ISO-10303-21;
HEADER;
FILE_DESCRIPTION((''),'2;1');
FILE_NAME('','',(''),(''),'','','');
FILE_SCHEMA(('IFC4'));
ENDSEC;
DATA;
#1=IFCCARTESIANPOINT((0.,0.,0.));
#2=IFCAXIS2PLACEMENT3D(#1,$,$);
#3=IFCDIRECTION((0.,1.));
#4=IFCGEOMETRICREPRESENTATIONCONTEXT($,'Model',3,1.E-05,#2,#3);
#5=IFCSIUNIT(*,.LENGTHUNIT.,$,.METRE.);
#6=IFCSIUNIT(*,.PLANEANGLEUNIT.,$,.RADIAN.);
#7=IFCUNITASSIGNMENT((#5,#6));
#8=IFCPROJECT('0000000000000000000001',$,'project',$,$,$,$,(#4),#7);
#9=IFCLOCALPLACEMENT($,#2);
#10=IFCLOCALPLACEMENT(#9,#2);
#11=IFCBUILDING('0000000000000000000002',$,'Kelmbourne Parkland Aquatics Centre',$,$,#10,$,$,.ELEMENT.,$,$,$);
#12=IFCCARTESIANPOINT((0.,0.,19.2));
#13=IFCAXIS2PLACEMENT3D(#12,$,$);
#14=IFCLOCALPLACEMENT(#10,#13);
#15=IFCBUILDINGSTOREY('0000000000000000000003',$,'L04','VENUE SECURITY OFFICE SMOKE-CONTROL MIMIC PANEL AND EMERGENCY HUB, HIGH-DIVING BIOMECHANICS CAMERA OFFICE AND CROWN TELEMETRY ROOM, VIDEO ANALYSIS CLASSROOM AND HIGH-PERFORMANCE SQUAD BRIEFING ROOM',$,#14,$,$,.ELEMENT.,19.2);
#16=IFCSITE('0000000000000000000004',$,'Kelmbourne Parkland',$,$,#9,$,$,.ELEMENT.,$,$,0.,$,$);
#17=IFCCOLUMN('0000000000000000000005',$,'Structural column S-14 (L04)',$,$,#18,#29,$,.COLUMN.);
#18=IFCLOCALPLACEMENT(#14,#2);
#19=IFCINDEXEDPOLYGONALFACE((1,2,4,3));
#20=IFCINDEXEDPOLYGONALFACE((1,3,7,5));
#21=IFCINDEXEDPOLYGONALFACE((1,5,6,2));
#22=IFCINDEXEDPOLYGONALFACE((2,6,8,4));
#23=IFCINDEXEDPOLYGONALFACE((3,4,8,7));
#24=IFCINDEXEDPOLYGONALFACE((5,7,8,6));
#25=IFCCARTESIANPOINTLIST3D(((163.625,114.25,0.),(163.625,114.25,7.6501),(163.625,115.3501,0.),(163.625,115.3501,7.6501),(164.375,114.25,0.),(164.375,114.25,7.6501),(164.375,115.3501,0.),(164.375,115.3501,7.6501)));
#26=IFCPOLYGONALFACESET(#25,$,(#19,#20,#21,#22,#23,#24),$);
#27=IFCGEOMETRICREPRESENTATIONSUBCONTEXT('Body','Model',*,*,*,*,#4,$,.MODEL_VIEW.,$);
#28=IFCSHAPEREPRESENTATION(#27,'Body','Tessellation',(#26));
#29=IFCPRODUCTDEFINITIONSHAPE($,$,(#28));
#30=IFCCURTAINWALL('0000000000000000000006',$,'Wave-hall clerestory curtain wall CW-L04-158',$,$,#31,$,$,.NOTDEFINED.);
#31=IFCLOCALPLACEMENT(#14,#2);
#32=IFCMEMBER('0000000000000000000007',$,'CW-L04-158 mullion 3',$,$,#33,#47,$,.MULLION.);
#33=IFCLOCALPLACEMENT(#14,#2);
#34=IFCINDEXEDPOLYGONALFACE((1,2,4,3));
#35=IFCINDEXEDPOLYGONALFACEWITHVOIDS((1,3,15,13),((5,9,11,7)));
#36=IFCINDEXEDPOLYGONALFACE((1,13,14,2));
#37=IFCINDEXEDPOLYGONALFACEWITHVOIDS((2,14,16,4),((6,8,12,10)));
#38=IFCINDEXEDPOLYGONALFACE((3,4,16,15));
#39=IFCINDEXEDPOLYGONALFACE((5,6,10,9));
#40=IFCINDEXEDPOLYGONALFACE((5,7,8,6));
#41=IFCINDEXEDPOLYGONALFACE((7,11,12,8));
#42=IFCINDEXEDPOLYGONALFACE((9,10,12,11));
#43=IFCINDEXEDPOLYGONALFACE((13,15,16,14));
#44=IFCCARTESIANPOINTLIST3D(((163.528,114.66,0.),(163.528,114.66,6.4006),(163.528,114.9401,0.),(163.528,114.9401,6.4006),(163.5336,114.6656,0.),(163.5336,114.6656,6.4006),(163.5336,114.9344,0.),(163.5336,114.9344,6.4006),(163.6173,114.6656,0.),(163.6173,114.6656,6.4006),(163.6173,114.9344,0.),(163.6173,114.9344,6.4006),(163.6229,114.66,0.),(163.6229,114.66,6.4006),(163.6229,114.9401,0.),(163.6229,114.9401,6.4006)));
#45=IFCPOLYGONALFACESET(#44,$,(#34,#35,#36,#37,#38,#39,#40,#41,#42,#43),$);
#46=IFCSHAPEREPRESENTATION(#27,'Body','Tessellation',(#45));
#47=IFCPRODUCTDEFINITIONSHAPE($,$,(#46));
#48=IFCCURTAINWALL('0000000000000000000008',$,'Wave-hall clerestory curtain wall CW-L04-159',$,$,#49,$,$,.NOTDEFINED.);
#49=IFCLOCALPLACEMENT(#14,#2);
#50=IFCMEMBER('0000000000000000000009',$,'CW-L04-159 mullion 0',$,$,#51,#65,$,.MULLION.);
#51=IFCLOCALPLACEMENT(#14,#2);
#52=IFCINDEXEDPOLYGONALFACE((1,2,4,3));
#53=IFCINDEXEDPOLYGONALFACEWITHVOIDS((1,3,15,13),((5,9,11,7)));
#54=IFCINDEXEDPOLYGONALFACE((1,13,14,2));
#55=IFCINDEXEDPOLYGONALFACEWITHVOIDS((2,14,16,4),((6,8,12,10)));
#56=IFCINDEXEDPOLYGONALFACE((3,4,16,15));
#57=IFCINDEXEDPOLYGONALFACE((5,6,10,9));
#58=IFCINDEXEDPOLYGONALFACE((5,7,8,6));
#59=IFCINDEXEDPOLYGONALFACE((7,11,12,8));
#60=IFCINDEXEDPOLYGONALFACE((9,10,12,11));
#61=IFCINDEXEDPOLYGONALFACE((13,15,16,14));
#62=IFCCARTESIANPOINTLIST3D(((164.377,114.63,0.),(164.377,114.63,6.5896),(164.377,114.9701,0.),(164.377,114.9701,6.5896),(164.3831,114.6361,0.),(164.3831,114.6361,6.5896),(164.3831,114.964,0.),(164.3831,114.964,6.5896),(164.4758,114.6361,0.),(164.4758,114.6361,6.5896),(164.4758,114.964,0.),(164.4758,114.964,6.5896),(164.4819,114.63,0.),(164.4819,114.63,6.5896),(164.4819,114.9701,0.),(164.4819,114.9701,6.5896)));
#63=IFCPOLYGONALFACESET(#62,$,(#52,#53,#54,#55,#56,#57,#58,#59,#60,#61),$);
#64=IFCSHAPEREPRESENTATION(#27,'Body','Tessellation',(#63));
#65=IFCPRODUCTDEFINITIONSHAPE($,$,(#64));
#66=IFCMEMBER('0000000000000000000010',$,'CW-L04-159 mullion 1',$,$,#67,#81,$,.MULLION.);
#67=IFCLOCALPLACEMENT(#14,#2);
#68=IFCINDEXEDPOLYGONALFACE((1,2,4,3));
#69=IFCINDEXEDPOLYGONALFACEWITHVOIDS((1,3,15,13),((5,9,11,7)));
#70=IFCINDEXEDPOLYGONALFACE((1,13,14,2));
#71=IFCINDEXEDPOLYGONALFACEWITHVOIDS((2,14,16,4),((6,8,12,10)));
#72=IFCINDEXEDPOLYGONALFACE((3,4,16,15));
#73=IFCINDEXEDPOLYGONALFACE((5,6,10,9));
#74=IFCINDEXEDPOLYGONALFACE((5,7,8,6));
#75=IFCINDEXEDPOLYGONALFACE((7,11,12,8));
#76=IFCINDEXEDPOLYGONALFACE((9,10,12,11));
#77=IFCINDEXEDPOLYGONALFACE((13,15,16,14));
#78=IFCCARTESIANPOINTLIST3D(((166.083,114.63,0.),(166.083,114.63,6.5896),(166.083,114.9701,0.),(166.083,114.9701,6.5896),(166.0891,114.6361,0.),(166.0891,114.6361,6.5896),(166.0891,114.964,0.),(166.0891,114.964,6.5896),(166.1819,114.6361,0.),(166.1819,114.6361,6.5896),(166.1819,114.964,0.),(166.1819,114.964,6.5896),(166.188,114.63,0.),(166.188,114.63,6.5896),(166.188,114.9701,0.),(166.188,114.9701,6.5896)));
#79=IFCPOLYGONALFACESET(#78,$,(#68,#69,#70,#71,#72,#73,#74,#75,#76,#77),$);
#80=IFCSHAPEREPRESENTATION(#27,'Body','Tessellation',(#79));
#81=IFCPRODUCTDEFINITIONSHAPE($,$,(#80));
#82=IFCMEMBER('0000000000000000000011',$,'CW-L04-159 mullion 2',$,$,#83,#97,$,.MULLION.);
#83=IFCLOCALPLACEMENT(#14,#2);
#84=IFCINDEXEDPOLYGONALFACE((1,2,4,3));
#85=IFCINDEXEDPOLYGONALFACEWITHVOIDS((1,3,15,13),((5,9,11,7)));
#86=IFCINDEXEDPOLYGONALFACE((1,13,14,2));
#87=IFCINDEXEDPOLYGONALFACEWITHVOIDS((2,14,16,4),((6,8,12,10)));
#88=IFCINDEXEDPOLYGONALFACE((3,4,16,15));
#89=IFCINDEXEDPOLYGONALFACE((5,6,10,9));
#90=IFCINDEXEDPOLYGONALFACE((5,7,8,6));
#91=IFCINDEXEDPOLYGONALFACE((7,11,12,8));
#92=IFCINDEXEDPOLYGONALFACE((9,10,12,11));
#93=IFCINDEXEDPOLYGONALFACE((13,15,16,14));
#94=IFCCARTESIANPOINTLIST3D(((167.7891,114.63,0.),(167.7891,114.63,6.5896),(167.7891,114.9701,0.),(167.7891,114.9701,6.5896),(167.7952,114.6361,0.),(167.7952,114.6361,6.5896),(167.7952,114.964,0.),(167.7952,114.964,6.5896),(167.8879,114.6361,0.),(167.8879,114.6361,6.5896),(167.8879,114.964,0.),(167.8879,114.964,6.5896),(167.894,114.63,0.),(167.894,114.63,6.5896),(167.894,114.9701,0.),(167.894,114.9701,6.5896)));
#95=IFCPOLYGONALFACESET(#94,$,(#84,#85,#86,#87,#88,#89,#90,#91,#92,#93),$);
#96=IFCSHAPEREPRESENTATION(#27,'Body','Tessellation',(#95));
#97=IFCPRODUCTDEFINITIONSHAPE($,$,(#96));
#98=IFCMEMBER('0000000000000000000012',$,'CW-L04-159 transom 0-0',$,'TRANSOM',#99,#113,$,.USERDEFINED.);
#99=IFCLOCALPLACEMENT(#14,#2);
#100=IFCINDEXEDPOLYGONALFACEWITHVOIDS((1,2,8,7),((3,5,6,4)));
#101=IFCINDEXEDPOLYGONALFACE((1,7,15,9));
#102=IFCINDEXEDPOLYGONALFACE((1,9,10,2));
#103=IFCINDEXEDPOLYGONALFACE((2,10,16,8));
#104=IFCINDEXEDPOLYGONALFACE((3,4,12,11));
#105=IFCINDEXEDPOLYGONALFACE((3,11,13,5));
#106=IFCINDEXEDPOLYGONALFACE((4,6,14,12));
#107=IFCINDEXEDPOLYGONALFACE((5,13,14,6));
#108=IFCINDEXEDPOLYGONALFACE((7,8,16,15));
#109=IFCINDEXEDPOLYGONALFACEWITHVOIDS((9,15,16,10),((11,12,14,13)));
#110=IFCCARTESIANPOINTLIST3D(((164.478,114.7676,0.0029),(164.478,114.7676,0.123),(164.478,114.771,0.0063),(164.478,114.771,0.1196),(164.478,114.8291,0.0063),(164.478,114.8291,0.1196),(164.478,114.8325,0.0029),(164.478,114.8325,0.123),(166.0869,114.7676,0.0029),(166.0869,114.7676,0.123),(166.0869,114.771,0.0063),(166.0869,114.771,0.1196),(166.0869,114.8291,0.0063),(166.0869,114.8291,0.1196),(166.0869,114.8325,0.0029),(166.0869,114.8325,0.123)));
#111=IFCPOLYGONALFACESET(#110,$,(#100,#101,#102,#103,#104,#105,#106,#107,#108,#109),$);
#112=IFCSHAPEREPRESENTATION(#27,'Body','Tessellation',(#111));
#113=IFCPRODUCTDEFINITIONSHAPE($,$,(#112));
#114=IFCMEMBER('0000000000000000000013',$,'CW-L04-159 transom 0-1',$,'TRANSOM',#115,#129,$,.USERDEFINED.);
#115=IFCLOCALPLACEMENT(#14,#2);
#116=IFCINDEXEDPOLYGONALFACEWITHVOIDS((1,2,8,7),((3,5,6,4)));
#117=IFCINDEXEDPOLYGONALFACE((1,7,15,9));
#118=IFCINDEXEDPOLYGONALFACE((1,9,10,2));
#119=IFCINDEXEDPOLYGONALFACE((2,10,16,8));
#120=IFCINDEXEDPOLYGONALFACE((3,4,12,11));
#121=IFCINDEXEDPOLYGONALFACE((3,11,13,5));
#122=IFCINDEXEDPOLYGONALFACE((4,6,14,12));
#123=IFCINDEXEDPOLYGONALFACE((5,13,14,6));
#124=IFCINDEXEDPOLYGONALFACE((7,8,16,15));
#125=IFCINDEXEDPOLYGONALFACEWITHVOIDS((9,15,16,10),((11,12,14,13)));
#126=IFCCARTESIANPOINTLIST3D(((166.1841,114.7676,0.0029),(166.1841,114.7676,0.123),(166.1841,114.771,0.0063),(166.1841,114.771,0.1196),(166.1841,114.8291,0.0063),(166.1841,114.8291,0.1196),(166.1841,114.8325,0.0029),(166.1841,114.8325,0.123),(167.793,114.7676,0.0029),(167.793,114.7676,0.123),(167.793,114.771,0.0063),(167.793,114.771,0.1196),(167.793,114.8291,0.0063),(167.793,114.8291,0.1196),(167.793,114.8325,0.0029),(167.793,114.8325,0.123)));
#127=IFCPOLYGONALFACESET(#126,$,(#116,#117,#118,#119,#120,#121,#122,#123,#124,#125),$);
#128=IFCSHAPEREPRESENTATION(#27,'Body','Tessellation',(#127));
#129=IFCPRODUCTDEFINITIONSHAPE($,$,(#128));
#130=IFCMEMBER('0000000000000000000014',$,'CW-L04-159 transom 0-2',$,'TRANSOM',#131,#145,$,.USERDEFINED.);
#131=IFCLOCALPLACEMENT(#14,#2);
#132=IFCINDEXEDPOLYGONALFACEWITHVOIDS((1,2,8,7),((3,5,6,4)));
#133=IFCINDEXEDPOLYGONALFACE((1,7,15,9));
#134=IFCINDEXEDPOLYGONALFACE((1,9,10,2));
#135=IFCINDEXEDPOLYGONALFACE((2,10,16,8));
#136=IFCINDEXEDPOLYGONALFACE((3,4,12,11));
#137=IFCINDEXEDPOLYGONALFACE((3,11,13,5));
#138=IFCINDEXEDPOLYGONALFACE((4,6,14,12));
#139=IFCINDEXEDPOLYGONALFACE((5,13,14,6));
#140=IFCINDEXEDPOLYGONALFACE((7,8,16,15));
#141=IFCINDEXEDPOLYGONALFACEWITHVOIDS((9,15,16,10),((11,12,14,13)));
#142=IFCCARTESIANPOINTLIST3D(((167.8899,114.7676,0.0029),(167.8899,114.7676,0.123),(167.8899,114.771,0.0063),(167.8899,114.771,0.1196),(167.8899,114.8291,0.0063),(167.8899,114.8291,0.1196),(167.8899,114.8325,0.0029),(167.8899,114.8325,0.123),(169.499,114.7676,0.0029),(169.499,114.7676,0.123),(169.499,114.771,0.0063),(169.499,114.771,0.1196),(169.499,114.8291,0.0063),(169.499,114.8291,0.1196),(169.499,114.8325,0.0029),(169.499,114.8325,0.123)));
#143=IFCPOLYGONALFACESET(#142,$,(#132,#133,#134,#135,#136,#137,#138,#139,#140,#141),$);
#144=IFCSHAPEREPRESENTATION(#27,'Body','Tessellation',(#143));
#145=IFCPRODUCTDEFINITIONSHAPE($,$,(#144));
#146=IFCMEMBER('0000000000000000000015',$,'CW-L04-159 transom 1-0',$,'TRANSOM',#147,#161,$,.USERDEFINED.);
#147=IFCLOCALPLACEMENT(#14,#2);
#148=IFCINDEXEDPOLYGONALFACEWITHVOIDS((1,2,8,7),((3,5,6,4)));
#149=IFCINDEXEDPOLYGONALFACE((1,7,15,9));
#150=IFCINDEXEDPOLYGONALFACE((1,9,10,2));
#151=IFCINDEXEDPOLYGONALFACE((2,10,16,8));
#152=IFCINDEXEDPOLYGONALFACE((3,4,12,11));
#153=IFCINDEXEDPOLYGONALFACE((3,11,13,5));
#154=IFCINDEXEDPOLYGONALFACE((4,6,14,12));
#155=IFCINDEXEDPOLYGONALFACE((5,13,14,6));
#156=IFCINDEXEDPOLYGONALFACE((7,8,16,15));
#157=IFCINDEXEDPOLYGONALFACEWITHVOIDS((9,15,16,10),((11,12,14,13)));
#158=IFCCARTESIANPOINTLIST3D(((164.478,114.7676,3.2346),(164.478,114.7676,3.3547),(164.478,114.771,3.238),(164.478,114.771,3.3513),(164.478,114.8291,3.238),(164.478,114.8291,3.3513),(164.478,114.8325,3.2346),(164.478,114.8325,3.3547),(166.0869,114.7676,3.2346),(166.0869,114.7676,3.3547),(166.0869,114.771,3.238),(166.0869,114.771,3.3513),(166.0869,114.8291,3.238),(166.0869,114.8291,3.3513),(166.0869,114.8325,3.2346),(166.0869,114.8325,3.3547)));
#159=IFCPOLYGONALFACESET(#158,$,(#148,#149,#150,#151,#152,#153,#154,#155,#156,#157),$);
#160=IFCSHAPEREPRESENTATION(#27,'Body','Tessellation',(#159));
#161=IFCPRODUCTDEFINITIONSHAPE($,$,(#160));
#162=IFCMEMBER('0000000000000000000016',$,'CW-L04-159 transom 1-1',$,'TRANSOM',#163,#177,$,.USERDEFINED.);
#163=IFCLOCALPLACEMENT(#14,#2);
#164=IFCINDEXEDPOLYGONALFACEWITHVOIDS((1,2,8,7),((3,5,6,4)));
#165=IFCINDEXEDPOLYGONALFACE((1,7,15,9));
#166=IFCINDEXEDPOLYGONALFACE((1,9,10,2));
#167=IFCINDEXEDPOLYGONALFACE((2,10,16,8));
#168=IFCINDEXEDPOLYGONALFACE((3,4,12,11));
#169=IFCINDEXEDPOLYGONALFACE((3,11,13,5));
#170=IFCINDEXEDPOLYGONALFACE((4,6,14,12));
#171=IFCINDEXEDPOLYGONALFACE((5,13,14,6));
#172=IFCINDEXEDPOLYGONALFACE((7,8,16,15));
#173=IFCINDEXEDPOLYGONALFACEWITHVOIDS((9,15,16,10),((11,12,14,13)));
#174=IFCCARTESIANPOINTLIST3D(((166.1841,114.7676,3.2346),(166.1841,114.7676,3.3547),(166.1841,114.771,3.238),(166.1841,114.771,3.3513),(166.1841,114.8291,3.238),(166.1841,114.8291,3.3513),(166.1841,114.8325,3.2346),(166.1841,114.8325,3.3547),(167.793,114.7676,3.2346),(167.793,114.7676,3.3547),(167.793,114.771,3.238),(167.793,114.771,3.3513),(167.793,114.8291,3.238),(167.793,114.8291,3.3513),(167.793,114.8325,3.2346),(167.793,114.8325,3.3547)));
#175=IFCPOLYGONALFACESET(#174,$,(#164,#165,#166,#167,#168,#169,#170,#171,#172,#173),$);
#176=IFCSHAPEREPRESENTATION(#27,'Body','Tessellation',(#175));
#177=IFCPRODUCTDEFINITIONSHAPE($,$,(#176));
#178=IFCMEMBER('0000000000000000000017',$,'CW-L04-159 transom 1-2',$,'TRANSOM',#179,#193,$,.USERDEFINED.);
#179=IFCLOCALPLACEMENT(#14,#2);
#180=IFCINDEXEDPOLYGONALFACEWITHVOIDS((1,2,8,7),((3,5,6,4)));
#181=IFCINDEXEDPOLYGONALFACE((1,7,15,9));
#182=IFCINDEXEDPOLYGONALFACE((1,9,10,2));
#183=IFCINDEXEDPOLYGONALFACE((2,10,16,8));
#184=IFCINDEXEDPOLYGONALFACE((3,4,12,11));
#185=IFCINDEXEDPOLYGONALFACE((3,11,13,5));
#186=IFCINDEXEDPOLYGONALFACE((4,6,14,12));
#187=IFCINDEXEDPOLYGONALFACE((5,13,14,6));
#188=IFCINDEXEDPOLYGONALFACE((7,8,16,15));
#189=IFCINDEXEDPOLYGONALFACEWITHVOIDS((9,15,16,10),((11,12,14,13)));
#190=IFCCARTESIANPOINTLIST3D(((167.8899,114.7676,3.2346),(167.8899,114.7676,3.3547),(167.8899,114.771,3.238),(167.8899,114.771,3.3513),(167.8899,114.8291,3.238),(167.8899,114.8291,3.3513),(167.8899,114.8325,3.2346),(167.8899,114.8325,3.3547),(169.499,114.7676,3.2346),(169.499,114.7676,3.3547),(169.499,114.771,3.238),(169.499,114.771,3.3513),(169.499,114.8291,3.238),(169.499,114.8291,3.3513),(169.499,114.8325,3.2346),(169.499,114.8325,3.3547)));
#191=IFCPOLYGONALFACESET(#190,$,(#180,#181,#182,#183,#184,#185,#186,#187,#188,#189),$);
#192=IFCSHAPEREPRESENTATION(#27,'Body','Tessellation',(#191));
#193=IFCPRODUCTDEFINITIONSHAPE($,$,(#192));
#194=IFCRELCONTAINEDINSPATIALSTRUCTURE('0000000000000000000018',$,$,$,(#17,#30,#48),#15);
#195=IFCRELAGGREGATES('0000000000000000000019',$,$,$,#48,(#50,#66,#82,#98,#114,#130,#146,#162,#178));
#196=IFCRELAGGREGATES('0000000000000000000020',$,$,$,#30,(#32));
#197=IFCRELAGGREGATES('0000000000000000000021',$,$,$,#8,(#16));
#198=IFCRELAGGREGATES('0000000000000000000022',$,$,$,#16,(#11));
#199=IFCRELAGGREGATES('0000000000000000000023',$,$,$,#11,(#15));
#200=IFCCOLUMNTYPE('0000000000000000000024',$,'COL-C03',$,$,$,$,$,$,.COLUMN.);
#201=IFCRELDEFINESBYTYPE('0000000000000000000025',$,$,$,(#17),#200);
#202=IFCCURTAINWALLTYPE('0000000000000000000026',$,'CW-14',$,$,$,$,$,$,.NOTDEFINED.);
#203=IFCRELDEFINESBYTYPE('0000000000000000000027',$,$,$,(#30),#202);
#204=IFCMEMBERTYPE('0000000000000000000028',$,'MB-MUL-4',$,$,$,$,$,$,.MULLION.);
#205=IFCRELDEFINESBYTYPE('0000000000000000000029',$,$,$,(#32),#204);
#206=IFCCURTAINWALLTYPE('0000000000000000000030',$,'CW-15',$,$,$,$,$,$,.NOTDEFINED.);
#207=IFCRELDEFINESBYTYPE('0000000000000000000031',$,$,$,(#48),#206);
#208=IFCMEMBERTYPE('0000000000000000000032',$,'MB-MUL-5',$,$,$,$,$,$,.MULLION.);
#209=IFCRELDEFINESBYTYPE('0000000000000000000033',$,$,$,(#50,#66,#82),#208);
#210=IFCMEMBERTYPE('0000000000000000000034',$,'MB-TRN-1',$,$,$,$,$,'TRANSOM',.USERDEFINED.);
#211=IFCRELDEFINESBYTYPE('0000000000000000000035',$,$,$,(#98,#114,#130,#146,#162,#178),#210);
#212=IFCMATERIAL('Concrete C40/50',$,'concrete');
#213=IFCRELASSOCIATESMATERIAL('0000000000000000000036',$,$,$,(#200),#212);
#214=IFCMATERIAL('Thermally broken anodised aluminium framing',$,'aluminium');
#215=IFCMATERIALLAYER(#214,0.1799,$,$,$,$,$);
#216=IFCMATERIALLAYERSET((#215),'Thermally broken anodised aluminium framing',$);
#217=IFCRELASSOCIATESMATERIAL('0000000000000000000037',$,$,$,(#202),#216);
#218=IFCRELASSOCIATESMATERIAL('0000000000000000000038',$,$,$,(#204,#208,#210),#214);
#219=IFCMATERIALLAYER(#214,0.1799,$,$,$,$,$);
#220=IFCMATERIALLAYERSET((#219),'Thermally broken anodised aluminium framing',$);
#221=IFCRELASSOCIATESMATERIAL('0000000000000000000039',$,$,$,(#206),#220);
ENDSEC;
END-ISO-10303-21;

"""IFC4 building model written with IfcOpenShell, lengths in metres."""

from ifc_helpers import new_model, si_unit, direction, frame, origin, origin_2d, place, context, subcontext, project, spatial, rectangle, hollow_rectangle, extrude, material, layer, layer_set, material_profile, profile_set, type_object, element, aggregate, save


model = new_model("IFC4")

# Units and contexts
model_context = context("Model", 3, precision=1e-05, world=origin(), true_north=direction((0.0, 1.0)))
body_context = subcontext(model_context, "Body", "Model", "MODEL_VIEW")
ifc_project = project(units=[si_unit("LENGTHUNIT", "METRE"), si_unit("PLANEANGLEUNIT", "RADIAN")], contexts=[model_context])

# Site, building, storey
site_placement = place(None, origin())
site = spatial("IfcSite", under=ifc_project, at=site_placement, Name="Kelmbourne Parkland", CompositionType="ELEMENT", RefElevation=0.0)
building_placement = place(site_placement, origin())
building = spatial("IfcBuilding", under=site, at=building_placement, Name="Kelmbourne Parkland Aquatics Centre", CompositionType="ELEMENT")
storey_placement = place(building_placement, frame((0.0, 0.0, 19.2)))
storey = spatial("IfcBuildingStorey", under=building, at=storey_placement, Name="L04", Description="VENUE SECURITY OFFICE SMOKE-CONTROL MIMIC PANEL AND EMERGENCY HUB, HIGH-DIVING BIOMECHANICS CAMERA OFFICE AND CROWN TELEMETRY ROOM, VIDEO ANALYSIS CLASSROOM AND HIGH-PERFORMANCE SQUAD BRIEFING ROOM", CompositionType="ELEMENT", Elevation=19.2)

# Column
ifc_material_1 = material(Name="Concrete C40/50", Category="concrete")
ifc_material_profile_1 = material_profile(ifc_material_1, rectangle(XDim=0.75, YDim=1.1001, at=origin_2d()), Name="RC 750x1100")
ifc_profile_set_1 = profile_set([ifc_material_profile_1], Name="Concrete C40/50")
column_type = type_object("IfcColumnType", Name="COL-C03", PredefinedType="COLUMN", material=ifc_profile_set_1)
column_placement = place(storey_placement, frame((164.0, 114.8, 0.0), z_axis=(0.0, 0.0, 1.0), x_axis=(1.0, 0.0, 0.0)))
element("IfcColumn", 1, at=column_placement, inside=storey, type_object=column_type, Name="Structural column S-14 (L04)", PredefinedType="COLUMN", context=body_context, shape_type="SweptSolid", body=[
    extrude(rectangle(XDim=0.75, YDim=1.1001, at=origin_2d()), origin(), (0.0, 0.0, 1.0), 7.6501),
])

# Curtain wall, member
ifc_material_2 = material(Name="Thermally broken anodised aluminium framing", Category="aluminium")
ifc_layer_1 = layer(ifc_material_2, 0.1799)
ifc_layer_set_1 = layer_set([ifc_layer_1], Name="Thermally broken anodised aluminium framing")
curtain_wall_type_1 = type_object("IfcCurtainWallType", Name="CW-14", PredefinedType="NOTDEFINED", material=ifc_layer_set_1)
curtain_wall_1_placement = place(storey_placement, origin())
curtain_wall_1 = element("IfcCurtainWall", 2, at=curtain_wall_1_placement, inside=storey, type_object=curtain_wall_type_1, Name="Wave-hall clerestory curtain wall CW-L04-158", PredefinedType="NOTDEFINED")
ifc_material_profile_2 = material_profile(ifc_material_2, hollow_rectangle(XDim=0.095, YDim=0.28, WallThickness=0.0056, at=origin_2d()), Name="CW-M 95x280")
ifc_profile_set_2 = profile_set([ifc_material_profile_2], Name="Thermally broken anodised aluminium framing")
member_type_1 = type_object("IfcMemberType", Name="MB-MUL-4", PredefinedType="MULLION", material=ifc_profile_set_2)
member_1_placement = place(storey_placement, frame((163.5754, 114.8, 0.0), z_axis=(0.0, 0.0, 1.0), x_axis=(1.0, 0.0, 0.0)))
member_1 = element("IfcMember", 3, at=member_1_placement, type_object=member_type_1, Name="CW-L04-158 mullion 3", PredefinedType="MULLION", context=body_context, shape_type="SweptSolid", body=[
    extrude(hollow_rectangle(XDim=0.095, YDim=0.28, WallThickness=0.0056, at=origin_2d()), origin(), (0.0, 0.0, 1.0), 6.4006),
])

# Curtain wall, members
ifc_layer_2 = layer(ifc_material_2, 0.1799)
ifc_layer_set_2 = layer_set([ifc_layer_2], Name="Thermally broken anodised aluminium framing")
curtain_wall_type_2 = type_object("IfcCurtainWallType", Name="CW-15", PredefinedType="NOTDEFINED", material=ifc_layer_set_2)
curtain_wall_2_placement = place(storey_placement, origin())
curtain_wall_2 = element("IfcCurtainWall", 4, at=curtain_wall_2_placement, inside=storey, type_object=curtain_wall_type_2, Name="Wave-hall clerestory curtain wall CW-L04-159", PredefinedType="NOTDEFINED")
ifc_material_profile_3 = material_profile(ifc_material_2, hollow_rectangle(XDim=0.105, YDim=0.3401, WallThickness=0.0061, at=origin_2d()), Name="CW-M 105x340")
ifc_profile_set_3 = profile_set([ifc_material_profile_3], Name="Thermally broken anodised aluminium framing")
member_type_2 = type_object("IfcMemberType", Name="MB-MUL-5", PredefinedType="MULLION", material=ifc_profile_set_3)
member_2_placement = place(storey_placement, frame((164.4294, 114.8, 0.0), z_axis=(0.0, 0.0, 1.0), x_axis=(1.0, 0.0, 0.0)))
member_2 = element("IfcMember", 5, at=member_2_placement, type_object=member_type_2, Name="CW-L04-159 mullion 0", PredefinedType="MULLION", context=body_context, shape_type="SweptSolid", body=[
    extrude(hollow_rectangle(XDim=0.105, YDim=0.3401, WallThickness=0.0061, at=origin_2d()), origin(), (0.0, 0.0, 1.0), 6.5896),
])
member_3_placement = place(storey_placement, frame((166.1355, 114.8, 0.0), z_axis=(0.0, 0.0, 1.0), x_axis=(1.0, 0.0, 0.0)))
member_3 = element("IfcMember", 6, at=member_3_placement, type_object=member_type_2, Name="CW-L04-159 mullion 1", PredefinedType="MULLION", context=body_context, shape_type="SweptSolid", body=[
    extrude(hollow_rectangle(XDim=0.105, YDim=0.3401, WallThickness=0.0061, at=origin_2d()), origin(), (0.0, 0.0, 1.0), 6.5896),
])
member_4_placement = place(storey_placement, frame((167.8416, 114.8, 0.0), z_axis=(0.0, 0.0, 1.0), x_axis=(1.0, 0.0, 0.0)))
member_4 = element("IfcMember", 7, at=member_4_placement, type_object=member_type_2, Name="CW-L04-159 mullion 2", PredefinedType="MULLION", context=body_context, shape_type="SweptSolid", body=[
    extrude(hollow_rectangle(XDim=0.105, YDim=0.3401, WallThickness=0.0061, at=origin_2d()), origin(), (0.0, 0.0, 1.0), 6.5896),
])
ifc_material_profile_4 = material_profile(ifc_material_2, hollow_rectangle(XDim=0.0649, YDim=0.1201, WallThickness=0.0034, at=origin_2d()), Name="CW-T 65x120")
ifc_profile_set_4 = profile_set([ifc_material_profile_4], Name="Thermally broken anodised aluminium framing")
member_type_3 = type_object("IfcMemberType", Name="MB-TRN-1", ElementType="TRANSOM", PredefinedType="USERDEFINED", material=ifc_profile_set_4)
member_5_placement = place(storey_placement, frame((164.478, 114.8, 0.063), z_axis=(1.0, 0.0, 0.0), x_axis=(0.0, 1.0, 0.0)))
member_5 = element("IfcMember", 8, at=member_5_placement, type_object=member_type_3, Name="CW-L04-159 transom 0-0", ObjectType="TRANSOM", PredefinedType="USERDEFINED", context=body_context, shape_type="SweptSolid", body=[
    extrude(hollow_rectangle(XDim=0.0649, YDim=0.1201, WallThickness=0.0034, at=origin_2d()), origin(), (0.0, 0.0, 1.0), 1.6089),
])
member_6_placement = place(storey_placement, frame((166.1841, 114.8, 0.063), z_axis=(1.0, 0.0, 0.0), x_axis=(0.0, 1.0, 0.0)))
member_6 = element("IfcMember", 9, at=member_6_placement, type_object=member_type_3, Name="CW-L04-159 transom 0-1", ObjectType="TRANSOM", PredefinedType="USERDEFINED", context=body_context, shape_type="SweptSolid", body=[
    extrude(hollow_rectangle(XDim=0.0649, YDim=0.1201, WallThickness=0.0034, at=origin_2d()), origin(), (0.0, 0.0, 1.0), 1.6089),
])
member_7_placement = place(storey_placement, frame((167.8899, 114.8, 0.063), z_axis=(1.0, 0.0, 0.0), x_axis=(0.0, 1.0, 0.0)))
member_7 = element("IfcMember", 10, at=member_7_placement, type_object=member_type_3, Name="CW-L04-159 transom 0-2", ObjectType="TRANSOM", PredefinedType="USERDEFINED", context=body_context, shape_type="SweptSolid", body=[
    extrude(hollow_rectangle(XDim=0.0649, YDim=0.1201, WallThickness=0.0034, at=origin_2d()), origin(), (0.0, 0.0, 1.0), 1.6091),
])
member_8_placement = place(storey_placement, frame((164.478, 114.8, 3.2947), z_axis=(1.0, 0.0, 0.0), x_axis=(0.0, 1.0, 0.0)))
member_8 = element("IfcMember", 11, at=member_8_placement, type_object=member_type_3, Name="CW-L04-159 transom 1-0", ObjectType="TRANSOM", PredefinedType="USERDEFINED", context=body_context, shape_type="SweptSolid", body=[
    extrude(hollow_rectangle(XDim=0.0649, YDim=0.1201, WallThickness=0.0034, at=origin_2d()), origin(), (0.0, 0.0, 1.0), 1.6089),
])
member_9_placement = place(storey_placement, frame((166.1841, 114.8, 3.2947), z_axis=(1.0, 0.0, 0.0), x_axis=(0.0, 1.0, 0.0)))
member_9 = element("IfcMember", 12, at=member_9_placement, type_object=member_type_3, Name="CW-L04-159 transom 1-1", ObjectType="TRANSOM", PredefinedType="USERDEFINED", context=body_context, shape_type="SweptSolid", body=[
    extrude(hollow_rectangle(XDim=0.0649, YDim=0.1201, WallThickness=0.0034, at=origin_2d()), origin(), (0.0, 0.0, 1.0), 1.6089),
])
member_10_placement = place(storey_placement, frame((167.8899, 114.8, 3.2947), z_axis=(1.0, 0.0, 0.0), x_axis=(0.0, 1.0, 0.0)))
member_10 = element("IfcMember", 13, at=member_10_placement, type_object=member_type_3, Name="CW-L04-159 transom 1-2", ObjectType="TRANSOM", PredefinedType="USERDEFINED", context=body_context, shape_type="SweptSolid", body=[
    extrude(hollow_rectangle(XDim=0.0649, YDim=0.1201, WallThickness=0.0034, at=origin_2d()), origin(), (0.0, 0.0, 1.0), 1.6091),
])

aggregate(curtain_wall_2, [member_2, member_3, member_4, member_5, member_6, member_7, member_8, member_9, member_10])
aggregate(curtain_wall_1, [member_1])

save(model, "model.ifc")
